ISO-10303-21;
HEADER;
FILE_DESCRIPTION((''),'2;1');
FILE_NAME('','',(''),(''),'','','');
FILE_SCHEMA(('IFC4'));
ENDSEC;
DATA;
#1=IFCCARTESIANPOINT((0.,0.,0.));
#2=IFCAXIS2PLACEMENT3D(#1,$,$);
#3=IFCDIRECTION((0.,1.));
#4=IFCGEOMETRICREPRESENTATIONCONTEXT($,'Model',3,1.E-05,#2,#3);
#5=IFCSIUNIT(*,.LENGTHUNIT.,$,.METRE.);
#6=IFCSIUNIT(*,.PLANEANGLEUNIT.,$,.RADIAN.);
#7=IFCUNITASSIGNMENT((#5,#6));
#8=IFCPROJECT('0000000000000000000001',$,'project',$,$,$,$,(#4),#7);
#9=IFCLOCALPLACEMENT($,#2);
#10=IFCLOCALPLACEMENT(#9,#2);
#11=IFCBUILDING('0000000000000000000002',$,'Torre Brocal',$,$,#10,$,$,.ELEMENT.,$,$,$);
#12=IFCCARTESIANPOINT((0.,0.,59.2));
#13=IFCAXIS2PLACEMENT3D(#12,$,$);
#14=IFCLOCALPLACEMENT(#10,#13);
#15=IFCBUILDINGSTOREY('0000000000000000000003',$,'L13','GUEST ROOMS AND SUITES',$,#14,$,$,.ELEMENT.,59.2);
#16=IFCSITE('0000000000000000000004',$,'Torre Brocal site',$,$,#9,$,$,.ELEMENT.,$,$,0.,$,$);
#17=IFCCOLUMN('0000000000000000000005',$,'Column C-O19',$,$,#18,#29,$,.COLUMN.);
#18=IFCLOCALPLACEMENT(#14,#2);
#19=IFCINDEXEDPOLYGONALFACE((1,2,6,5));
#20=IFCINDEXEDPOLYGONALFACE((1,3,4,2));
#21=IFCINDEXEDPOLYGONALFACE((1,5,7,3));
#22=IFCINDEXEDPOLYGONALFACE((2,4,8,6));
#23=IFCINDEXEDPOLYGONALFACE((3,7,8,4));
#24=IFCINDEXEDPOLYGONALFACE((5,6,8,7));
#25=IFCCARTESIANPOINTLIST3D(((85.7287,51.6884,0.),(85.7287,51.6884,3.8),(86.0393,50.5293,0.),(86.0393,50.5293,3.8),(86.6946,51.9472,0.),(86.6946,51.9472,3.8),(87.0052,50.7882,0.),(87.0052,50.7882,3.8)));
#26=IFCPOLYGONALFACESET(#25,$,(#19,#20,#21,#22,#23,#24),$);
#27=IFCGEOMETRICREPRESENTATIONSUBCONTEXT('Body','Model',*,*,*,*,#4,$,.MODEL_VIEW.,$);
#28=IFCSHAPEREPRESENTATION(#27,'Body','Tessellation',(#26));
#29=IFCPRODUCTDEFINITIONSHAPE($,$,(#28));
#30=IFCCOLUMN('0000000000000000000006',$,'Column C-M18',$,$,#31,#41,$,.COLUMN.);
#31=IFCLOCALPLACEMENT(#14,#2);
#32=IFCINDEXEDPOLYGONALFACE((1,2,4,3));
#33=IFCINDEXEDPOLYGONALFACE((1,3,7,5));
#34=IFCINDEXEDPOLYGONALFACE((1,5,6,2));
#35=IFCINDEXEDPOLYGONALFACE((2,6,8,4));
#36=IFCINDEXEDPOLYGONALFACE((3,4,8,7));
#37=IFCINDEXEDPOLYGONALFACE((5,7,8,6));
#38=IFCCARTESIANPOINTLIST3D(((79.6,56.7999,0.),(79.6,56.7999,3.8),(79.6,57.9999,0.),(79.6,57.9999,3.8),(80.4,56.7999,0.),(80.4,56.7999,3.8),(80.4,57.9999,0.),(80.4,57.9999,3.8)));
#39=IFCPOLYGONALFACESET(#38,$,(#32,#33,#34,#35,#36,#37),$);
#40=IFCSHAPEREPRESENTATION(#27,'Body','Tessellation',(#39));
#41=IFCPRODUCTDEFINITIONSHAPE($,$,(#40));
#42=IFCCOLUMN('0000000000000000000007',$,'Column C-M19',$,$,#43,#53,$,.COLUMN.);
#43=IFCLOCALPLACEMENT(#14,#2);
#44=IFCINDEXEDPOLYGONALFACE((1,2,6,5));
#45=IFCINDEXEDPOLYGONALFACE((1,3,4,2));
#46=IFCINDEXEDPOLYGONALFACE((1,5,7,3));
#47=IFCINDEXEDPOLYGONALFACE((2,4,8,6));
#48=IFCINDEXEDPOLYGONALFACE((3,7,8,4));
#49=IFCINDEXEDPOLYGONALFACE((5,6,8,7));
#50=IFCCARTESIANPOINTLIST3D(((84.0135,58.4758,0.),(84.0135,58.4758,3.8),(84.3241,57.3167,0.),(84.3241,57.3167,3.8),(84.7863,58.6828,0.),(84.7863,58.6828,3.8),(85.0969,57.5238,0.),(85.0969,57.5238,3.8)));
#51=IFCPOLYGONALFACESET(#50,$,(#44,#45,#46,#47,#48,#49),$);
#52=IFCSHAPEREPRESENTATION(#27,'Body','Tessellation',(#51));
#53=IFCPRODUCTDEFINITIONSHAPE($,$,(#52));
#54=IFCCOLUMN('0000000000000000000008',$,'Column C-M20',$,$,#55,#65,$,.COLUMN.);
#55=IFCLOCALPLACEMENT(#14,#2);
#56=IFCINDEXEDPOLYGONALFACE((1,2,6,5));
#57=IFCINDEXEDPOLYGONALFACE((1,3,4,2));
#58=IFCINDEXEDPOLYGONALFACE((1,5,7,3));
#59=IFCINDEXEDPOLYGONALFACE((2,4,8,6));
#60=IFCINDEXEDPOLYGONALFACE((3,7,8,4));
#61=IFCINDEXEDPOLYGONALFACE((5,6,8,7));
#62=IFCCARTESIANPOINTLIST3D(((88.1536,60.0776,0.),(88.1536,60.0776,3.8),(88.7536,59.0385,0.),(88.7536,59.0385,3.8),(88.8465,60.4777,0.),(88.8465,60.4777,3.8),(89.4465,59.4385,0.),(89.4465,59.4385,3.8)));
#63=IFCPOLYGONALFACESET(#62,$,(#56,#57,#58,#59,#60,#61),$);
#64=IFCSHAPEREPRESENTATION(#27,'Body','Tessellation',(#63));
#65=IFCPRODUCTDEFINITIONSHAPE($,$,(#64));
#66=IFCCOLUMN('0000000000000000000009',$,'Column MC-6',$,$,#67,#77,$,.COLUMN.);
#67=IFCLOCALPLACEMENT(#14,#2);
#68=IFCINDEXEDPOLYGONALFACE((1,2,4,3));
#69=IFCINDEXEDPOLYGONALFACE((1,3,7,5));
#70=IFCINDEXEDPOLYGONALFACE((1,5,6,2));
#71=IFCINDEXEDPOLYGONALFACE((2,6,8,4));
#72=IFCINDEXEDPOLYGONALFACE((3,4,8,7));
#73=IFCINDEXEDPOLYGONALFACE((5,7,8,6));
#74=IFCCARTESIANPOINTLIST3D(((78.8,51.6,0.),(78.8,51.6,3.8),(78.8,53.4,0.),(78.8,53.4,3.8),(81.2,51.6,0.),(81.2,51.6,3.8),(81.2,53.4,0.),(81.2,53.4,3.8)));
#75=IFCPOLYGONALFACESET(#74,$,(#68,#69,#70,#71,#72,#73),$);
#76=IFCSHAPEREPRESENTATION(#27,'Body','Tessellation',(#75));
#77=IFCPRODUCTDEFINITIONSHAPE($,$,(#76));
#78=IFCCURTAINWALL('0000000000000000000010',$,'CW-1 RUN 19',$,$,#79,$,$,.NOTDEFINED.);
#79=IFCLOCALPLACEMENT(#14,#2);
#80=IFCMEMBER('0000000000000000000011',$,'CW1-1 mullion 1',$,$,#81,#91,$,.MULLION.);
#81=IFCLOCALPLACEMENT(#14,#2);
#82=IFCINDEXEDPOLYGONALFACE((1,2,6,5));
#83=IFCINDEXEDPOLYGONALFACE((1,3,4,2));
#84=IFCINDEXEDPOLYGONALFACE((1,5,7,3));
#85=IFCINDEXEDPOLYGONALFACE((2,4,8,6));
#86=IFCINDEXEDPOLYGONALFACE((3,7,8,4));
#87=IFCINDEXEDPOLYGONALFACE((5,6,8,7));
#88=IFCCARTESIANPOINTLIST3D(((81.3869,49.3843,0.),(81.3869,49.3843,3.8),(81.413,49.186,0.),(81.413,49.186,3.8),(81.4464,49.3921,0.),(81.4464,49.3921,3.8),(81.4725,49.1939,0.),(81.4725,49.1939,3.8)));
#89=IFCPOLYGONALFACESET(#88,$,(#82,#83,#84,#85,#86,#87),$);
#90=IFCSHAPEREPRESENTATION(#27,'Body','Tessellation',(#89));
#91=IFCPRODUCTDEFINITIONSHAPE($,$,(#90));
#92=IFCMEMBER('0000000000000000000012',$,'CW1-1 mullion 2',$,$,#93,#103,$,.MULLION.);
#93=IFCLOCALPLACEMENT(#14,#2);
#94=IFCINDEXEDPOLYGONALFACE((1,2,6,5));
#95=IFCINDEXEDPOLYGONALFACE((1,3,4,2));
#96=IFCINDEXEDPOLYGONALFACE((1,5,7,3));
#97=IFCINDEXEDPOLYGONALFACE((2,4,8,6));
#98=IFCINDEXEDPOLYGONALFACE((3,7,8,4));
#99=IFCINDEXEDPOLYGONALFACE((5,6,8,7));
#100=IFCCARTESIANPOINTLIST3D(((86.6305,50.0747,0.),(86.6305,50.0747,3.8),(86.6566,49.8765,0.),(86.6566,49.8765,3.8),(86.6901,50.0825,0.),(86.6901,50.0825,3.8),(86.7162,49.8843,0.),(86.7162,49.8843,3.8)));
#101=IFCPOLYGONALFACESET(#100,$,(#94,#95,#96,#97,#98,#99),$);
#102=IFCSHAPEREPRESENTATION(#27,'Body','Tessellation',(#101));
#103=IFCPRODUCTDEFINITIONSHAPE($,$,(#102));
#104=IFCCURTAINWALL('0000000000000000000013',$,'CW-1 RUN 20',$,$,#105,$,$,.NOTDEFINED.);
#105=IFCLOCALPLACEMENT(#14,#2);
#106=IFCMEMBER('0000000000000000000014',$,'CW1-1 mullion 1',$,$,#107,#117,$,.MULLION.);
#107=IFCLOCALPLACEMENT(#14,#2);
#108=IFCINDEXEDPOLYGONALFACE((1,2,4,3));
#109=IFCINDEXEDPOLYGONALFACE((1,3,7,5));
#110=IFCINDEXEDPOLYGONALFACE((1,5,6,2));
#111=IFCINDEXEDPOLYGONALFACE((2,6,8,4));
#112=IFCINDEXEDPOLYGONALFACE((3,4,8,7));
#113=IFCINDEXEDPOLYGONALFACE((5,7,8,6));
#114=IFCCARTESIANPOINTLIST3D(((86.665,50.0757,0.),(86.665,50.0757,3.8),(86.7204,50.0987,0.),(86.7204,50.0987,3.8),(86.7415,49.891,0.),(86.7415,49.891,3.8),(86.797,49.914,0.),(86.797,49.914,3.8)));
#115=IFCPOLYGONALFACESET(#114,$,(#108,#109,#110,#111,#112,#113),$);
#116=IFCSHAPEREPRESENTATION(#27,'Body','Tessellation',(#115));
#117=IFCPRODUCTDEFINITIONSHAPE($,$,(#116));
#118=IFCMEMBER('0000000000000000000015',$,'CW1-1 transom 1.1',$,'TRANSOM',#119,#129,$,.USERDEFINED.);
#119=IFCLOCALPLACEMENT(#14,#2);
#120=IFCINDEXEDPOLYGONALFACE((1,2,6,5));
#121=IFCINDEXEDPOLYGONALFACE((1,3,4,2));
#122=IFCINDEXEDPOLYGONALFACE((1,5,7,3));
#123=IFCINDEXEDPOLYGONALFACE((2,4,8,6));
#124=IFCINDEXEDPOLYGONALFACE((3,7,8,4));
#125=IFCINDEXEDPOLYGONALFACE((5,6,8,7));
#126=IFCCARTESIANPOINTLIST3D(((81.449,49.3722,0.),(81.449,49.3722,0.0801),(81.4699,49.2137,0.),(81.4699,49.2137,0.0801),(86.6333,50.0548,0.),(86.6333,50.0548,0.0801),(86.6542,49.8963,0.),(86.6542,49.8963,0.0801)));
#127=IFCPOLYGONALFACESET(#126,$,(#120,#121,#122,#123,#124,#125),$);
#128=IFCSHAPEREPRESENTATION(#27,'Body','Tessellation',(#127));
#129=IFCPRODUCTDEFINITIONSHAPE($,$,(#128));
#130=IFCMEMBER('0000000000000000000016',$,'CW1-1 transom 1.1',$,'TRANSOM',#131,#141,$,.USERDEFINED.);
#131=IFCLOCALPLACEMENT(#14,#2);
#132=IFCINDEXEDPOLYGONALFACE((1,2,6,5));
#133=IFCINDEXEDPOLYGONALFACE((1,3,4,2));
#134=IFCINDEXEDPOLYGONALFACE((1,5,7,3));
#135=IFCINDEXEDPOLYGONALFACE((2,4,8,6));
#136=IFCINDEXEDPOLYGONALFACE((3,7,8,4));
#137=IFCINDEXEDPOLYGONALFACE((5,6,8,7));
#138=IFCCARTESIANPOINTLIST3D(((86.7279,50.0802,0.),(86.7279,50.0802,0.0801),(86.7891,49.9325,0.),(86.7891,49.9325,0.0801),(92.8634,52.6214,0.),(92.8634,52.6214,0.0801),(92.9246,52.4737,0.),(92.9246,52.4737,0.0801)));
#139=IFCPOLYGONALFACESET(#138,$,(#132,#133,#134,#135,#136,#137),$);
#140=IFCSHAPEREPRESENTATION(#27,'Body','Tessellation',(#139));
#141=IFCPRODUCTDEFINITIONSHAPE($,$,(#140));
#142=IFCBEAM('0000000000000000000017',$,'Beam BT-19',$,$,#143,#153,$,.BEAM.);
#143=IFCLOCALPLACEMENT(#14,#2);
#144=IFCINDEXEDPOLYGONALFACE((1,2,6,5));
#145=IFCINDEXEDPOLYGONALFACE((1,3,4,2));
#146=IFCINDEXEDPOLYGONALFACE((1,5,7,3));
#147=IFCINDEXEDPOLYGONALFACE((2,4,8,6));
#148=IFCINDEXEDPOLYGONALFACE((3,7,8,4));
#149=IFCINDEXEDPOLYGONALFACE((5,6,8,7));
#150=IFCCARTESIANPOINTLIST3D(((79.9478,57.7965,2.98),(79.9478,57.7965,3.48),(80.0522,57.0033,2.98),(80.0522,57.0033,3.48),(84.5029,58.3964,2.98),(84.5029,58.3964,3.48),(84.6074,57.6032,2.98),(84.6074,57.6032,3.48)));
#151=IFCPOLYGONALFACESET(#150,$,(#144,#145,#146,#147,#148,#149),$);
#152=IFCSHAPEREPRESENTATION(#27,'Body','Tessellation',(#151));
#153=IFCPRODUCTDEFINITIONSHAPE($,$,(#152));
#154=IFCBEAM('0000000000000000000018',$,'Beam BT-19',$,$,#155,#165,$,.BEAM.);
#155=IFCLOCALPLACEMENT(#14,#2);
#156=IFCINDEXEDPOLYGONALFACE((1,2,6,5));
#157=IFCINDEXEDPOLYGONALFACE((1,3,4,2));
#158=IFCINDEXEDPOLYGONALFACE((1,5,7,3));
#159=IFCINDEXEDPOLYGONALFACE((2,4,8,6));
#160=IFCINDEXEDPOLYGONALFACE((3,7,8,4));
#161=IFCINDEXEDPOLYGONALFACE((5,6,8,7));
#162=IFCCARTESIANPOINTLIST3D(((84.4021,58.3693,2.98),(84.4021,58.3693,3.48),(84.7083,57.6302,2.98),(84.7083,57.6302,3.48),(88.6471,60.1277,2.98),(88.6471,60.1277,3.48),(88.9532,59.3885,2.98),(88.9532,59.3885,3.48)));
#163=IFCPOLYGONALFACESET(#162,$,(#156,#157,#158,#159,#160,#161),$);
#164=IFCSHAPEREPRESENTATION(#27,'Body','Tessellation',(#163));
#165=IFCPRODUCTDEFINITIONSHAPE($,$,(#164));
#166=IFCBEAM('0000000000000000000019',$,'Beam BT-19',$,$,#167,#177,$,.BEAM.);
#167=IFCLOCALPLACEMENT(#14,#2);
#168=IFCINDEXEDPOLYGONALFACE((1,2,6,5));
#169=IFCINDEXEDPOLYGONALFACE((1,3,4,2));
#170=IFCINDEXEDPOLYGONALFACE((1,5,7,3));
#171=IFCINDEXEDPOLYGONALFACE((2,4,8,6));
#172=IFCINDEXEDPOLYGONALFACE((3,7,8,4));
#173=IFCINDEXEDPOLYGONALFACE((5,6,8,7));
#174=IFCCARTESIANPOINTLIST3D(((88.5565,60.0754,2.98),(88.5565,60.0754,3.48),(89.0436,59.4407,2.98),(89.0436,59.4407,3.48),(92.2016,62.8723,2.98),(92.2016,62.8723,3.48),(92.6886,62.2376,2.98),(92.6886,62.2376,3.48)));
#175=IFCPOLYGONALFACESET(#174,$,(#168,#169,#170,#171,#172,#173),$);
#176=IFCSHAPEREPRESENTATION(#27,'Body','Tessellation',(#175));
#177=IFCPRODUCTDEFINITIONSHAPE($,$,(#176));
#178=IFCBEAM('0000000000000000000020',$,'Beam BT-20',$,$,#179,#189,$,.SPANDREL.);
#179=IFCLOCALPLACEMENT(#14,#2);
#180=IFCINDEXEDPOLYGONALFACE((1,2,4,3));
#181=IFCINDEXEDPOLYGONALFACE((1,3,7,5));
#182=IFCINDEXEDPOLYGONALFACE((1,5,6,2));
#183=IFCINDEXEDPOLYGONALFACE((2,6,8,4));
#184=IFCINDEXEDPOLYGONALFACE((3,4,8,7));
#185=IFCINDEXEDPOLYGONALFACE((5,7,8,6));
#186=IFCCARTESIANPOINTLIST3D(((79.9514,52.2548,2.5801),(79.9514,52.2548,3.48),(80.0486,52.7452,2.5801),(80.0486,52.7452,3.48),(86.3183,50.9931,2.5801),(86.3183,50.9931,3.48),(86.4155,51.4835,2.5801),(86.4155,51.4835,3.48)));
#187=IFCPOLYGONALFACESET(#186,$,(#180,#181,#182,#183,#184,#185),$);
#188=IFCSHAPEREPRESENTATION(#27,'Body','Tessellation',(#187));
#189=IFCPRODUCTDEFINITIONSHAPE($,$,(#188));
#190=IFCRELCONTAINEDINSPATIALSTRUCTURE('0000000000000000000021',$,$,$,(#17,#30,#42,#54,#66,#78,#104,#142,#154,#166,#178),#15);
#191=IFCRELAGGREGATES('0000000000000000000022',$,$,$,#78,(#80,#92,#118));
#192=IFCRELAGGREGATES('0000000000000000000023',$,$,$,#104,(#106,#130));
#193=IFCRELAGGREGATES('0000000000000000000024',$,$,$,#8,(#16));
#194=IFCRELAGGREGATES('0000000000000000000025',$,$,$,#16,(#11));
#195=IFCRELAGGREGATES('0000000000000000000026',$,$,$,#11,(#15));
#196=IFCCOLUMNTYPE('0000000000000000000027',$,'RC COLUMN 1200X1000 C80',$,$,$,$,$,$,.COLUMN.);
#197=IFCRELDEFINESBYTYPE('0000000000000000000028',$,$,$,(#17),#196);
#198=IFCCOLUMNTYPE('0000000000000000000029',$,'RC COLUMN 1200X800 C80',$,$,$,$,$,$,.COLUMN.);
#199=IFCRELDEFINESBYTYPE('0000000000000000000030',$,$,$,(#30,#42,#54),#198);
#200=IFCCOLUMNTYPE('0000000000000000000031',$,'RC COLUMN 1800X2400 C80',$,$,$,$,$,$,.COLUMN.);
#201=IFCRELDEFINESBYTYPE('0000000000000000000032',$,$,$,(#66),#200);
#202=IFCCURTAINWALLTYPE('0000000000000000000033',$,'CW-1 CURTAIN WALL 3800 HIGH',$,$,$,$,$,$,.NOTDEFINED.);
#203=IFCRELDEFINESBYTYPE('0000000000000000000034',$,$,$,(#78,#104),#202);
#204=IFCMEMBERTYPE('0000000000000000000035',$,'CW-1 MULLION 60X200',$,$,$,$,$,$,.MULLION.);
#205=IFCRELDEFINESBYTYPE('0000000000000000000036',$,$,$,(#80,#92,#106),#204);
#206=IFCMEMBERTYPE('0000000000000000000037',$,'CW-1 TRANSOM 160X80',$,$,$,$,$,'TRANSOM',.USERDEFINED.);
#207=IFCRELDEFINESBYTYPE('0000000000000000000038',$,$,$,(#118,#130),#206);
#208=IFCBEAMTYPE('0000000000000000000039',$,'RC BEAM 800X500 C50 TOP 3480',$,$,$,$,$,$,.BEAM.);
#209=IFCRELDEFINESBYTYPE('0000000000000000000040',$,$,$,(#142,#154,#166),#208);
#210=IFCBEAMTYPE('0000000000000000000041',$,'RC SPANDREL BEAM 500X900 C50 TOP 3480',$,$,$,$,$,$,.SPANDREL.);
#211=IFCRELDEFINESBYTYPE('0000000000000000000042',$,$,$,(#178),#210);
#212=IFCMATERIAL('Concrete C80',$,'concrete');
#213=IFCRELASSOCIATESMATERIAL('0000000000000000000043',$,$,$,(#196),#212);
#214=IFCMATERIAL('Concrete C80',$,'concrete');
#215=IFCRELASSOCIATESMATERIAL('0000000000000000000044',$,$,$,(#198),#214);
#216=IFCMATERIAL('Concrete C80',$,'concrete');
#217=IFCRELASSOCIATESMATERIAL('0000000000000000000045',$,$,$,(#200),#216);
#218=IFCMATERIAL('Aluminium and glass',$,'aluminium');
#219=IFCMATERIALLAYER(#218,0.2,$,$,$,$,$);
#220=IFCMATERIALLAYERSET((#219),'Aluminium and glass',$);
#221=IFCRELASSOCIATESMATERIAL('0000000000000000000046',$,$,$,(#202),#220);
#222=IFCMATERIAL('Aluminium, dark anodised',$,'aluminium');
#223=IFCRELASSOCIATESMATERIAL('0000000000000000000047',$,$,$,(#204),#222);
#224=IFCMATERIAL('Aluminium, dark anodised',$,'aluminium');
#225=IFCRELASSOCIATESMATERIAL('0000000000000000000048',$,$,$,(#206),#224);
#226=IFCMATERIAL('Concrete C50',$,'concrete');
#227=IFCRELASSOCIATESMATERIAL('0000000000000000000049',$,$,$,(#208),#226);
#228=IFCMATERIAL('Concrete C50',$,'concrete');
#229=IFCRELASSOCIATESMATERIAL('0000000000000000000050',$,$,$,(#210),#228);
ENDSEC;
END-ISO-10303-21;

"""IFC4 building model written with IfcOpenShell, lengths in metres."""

from ifc_helpers import new_model, si_unit, direction, frame, origin, origin_2d, place, context, subcontext, project, spatial, rectangle, extrude, material, layer, layer_set, material_profile, profile_set, type_object, element, aggregate, save


model = new_model("IFC4")

# Units and contexts
model_context = context("Model", 3, precision=1e-05, world=origin(), true_north=direction((0.0, 1.0)))
body_context = subcontext(model_context, "Body", "Model", "MODEL_VIEW")
ifc_project = project(units=[si_unit("LENGTHUNIT", "METRE"), si_unit("PLANEANGLEUNIT", "RADIAN")], contexts=[model_context])

# Site, building, storey
site_placement = place(None, origin())
site = spatial("IfcSite", under=ifc_project, at=site_placement, Name="Torre Brocal site", CompositionType="ELEMENT", RefElevation=0.0)
building_placement = place(site_placement, origin())
building = spatial("IfcBuilding", under=site, at=building_placement, Name="Torre Brocal", CompositionType="ELEMENT")
storey_placement = place(building_placement, frame((0.0, 0.0, 59.2)))
storey = spatial("IfcBuildingStorey", under=building, at=storey_placement, Name="L13", Description="GUEST ROOMS AND SUITES", CompositionType="ELEMENT", Elevation=59.2)

# Columns
ifc_material_1 = material(Name="Concrete C80", Category="concrete")
ifc_material_profile_1 = material_profile(ifc_material_1, rectangle(XDim=1.2, YDim=1.0, at=origin_2d()), Name="RC 1200X1000")
ifc_profile_set_1 = profile_set([ifc_material_profile_1], Name="Concrete C80")
column_type_1 = type_object("IfcColumnType", Name="RC COLUMN 1200X1000 C80", PredefinedType="COLUMN", material=ifc_profile_set_1)
column_1_placement = place(storey_placement, frame((86.3669, 51.2383, 0.0), z_axis=(0.0, 0.0, 1.0), x_axis=(0.258819, -0.965926, 0.0)))
element("IfcColumn", 1, at=column_1_placement, inside=storey, type_object=column_type_1, Name="Column C-O19", PredefinedType="COLUMN", context=body_context, shape_type="SweptSolid", body=[
    extrude(rectangle(XDim=1.2, YDim=1.0, at=origin_2d()), origin(), (0.0, 0.0, 1.0), 3.8),
])
ifc_material_2 = material(Name="Concrete C80", Category="concrete")
ifc_material_profile_2 = material_profile(ifc_material_2, rectangle(XDim=1.2, YDim=0.8, at=origin_2d()), Name="RC 1200X800")
ifc_profile_set_2 = profile_set([ifc_material_profile_2], Name="Concrete C80")
column_type_2 = type_object("IfcColumnType", Name="RC COLUMN 1200X800 C80", PredefinedType="COLUMN", material=ifc_profile_set_2)
for number, where, z_axis, x_axis, name in (
    (2, (80.0, 57.3999, 0.0), (0.0, 0.0, 1.0), (0.0, -1.0, 0.0), "Column C-M18"),
    (3, (84.5552, 57.9998, 0.0), (0.0, 0.0, 1.0), (0.258819, -0.965926, 0.0), "Column C-M19"),
    (4, (88.8, 59.7581, 0.0), (0.0, 0.0, 1.0), (0.5, -0.866025, 0.0), "Column C-M20"),
):
    element("IfcColumn", number, at=place(storey_placement, frame(where, z_axis=z_axis, x_axis=x_axis)), inside=storey, type_object=column_type_2, Name=name, PredefinedType="COLUMN", context=body_context, shape_type="SweptSolid", body=[
        extrude(rectangle(XDim=1.2, YDim=0.8, at=origin_2d()), origin(), (0.0, 0.0, 1.0), 3.8),
    ])
ifc_material_3 = material(Name="Concrete C80", Category="concrete")
ifc_material_profile_3 = material_profile(ifc_material_3, rectangle(XDim=1.8, YDim=2.3999, at=origin_2d()), Name="RC 1800X2400")
ifc_profile_set_3 = profile_set([ifc_material_profile_3], Name="Concrete C80")
column_type_3 = type_object("IfcColumnType", Name="RC COLUMN 1800X2400 C80", PredefinedType="COLUMN", material=ifc_profile_set_3)
column_2_placement = place(storey_placement, frame((80.0, 52.5, 0.0), z_axis=(0.0, 0.0, 1.0), x_axis=(0.0, -1.0, 0.0)))
element("IfcColumn", 5, at=column_2_placement, inside=storey, type_object=column_type_3, Name="Column MC-6", PredefinedType="COLUMN", context=body_context, shape_type="SweptSolid", body=[
    extrude(rectangle(XDim=1.8, YDim=2.3999, at=origin_2d()), origin(), (0.0, 0.0, 1.0), 3.8),
])

# Curtain wall, members
ifc_material_4 = material(Name="Aluminium and glass", Category="aluminium")
ifc_layer_1 = layer(ifc_material_4, 0.2)
ifc_layer_set_1 = layer_set([ifc_layer_1], Name="Aluminium and glass")
curtain_wall_type = type_object("IfcCurtainWallType", Name="CW-1 CURTAIN WALL 3800 HIGH", PredefinedType="NOTDEFINED", material=ifc_layer_set_1)
curtain_wall_1_placement = place(storey_placement, origin())
curtain_wall_1 = element("IfcCurtainWall", 6, at=curtain_wall_1_placement, inside=storey, type_object=curtain_wall_type, Name="CW-1 RUN 19", PredefinedType="NOTDEFINED")
ifc_material_5 = material(Name="Aluminium, dark anodised", Category="aluminium")
ifc_material_profile_4 = material_profile(ifc_material_5, rectangle(XDim=0.2, YDim=0.0601, at=origin_2d()), Name="CW-1 MULLION 60X200")
ifc_profile_set_4 = profile_set([ifc_material_profile_4], Name="Aluminium, dark anodised")
member_type_1 = type_object("IfcMemberType", Name="CW-1 MULLION 60X200", PredefinedType="MULLION", material=ifc_profile_set_4)
member_1_placement = place(storey_placement, frame((81.4297, 49.2891, 0.0), z_axis=(0.0, 0.0, 1.0), x_axis=(-0.130526, 0.991445, 0.0)))
member_1 = element("IfcMember", 7, at=member_1_placement, type_object=member_type_1, Name="CW1-1 mullion 1", PredefinedType="MULLION", context=body_context, shape_type="SweptSolid", body=[
    extrude(rectangle(XDim=0.2, YDim=0.0601, at=origin_2d()), origin(), (0.0, 0.0, 1.0), 3.8),
])
member_2_placement = place(storey_placement, frame((86.6733, 49.9795, 0.0), z_axis=(0.0, 0.0, 1.0), x_axis=(-0.130526, 0.991445, 0.0)))
member_2 = element("IfcMember", 8, at=member_2_placement, type_object=member_type_1, Name="CW1-1 mullion 2", PredefinedType="MULLION", context=body_context, shape_type="SweptSolid", body=[
    extrude(rectangle(XDim=0.2, YDim=0.0601, at=origin_2d()), origin(), (0.0, 0.0, 1.0), 3.8),
])

# Curtain wall, member
curtain_wall_2_placement = place(storey_placement, origin())
curtain_wall_2 = element("IfcCurtainWall", 9, at=curtain_wall_2_placement, inside=storey, type_object=curtain_wall_type, Name="CW-1 RUN 20", PredefinedType="NOTDEFINED")
member_3_placement = place(storey_placement, frame((86.731, 49.9949, 0.0), z_axis=(0.0, 0.0, 1.0), x_axis=(-0.382683, 0.92388, 0.0)))
member_3 = element("IfcMember", 10, at=member_3_placement, type_object=member_type_1, Name="CW1-1 mullion 1", PredefinedType="MULLION", context=body_context, shape_type="SweptSolid", body=[
    extrude(rectangle(XDim=0.2, YDim=0.0601, at=origin_2d()), origin(), (0.0, 0.0, 1.0), 3.8),
])

# Members
ifc_material_6 = material(Name="Aluminium, dark anodised", Category="aluminium")
ifc_material_profile_5 = material_profile(ifc_material_6, rectangle(XDim=0.1599, YDim=0.0801, at=origin_2d()), Name="CW-1 TRANSOM 160X80")
ifc_profile_set_5 = profile_set([ifc_material_profile_5], Name="Aluminium, dark anodised")
member_type_2 = type_object("IfcMemberType", Name="CW-1 TRANSOM 160X80", ElementType="TRANSOM", PredefinedType="USERDEFINED", material=ifc_profile_set_5)
member_4_placement = place(storey_placement, frame((81.4595, 49.293, 0.04), z_axis=(0.991443, 0.130543, 0.0), x_axis=(-0.130543, 0.991443, 0.0)))
member_4 = element("IfcMember", 11, at=member_4_placement, type_object=member_type_2, Name="CW1-1 transom 1.1", ObjectType="TRANSOM", PredefinedType="USERDEFINED", context=body_context, shape_type="SweptSolid", body=[
    extrude(rectangle(XDim=0.1599, YDim=0.0801, at=origin_2d()), origin(), (0.0, 0.0, 1.0), 5.229),
])
member_5_placement = place(storey_placement, frame((86.7585, 50.0063, 0.04), z_axis=(0.923887, 0.382665, 0.0), x_axis=(-0.382665, 0.923887, 0.0)))
member_5 = element("IfcMember", 12, at=member_5_placement, type_object=member_type_2, Name="CW1-1 transom 1.1", ObjectType="TRANSOM", PredefinedType="USERDEFINED", context=body_context, shape_type="SweptSolid", body=[
    extrude(rectangle(XDim=0.1599, YDim=0.0801, at=origin_2d()), origin(), (0.0, 0.0, 1.0), 6.6409),
])

# Beams
ifc_material_7 = material(Name="Concrete C50", Category="concrete")
ifc_material_profile_6 = material_profile(ifc_material_7, rectangle(XDim=0.8, YDim=0.5, at=origin_2d()), Name="RC 800X500")
ifc_profile_set_6 = profile_set([ifc_material_profile_6], Name="Concrete C50")
beam_type_1 = type_object("IfcBeamType", Name="RC BEAM 800X500 C50 TOP 3480", PredefinedType="BEAM", material=ifc_profile_set_6)
beam_1_placement = place(storey_placement, frame((80.0, 57.3999, 3.23), z_axis=(0.991441, 0.130559, 0.0), x_axis=(-0.130559, 0.991441, 0.0)))
element("IfcBeam", 13, at=beam_1_placement, inside=storey, type_object=beam_type_1, Name="Beam BT-19", PredefinedType="BEAM", context=body_context, shape_type="SweptSolid", body=[
    extrude(rectangle(XDim=0.8, YDim=0.5, at=origin_2d()), origin(), (0.0, 0.0, 1.0), 4.5945),
])
beam_2_placement = place(storey_placement, frame((84.5552, 57.9998, 3.23), z_axis=(0.923878, 0.382687, 0.0), x_axis=(-0.382687, 0.923878, 0.0)))
element("IfcBeam", 14, at=beam_2_placement, inside=storey, type_object=beam_type_1, Name="Beam BT-19", PredefinedType="BEAM", context=body_context, shape_type="SweptSolid", body=[
    extrude(rectangle(XDim=0.8, YDim=0.5, at=origin_2d()), origin(), (0.0, 0.0, 1.0), 4.5947),
])
beam_3_placement = place(storey_placement, frame((88.8, 59.7581, 3.23), z_axis=(0.793358, 0.608755, 0.0), x_axis=(-0.608755, 0.793358, 0.0)))
element("IfcBeam", 15, at=beam_3_placement, inside=storey, type_object=beam_type_1, Name="Beam BT-19", PredefinedType="BEAM", context=body_context, shape_type="SweptSolid", body=[
    extrude(rectangle(XDim=0.8, YDim=0.5, at=origin_2d()), origin(), (0.0, 0.0, 1.0), 4.5945),
])
ifc_material_8 = material(Name="Concrete C50", Category="concrete")
ifc_material_profile_7 = material_profile(ifc_material_8, rectangle(XDim=0.5, YDim=0.8999, at=origin_2d()), Name="RC 500X900")
ifc_profile_set_7 = profile_set([ifc_material_profile_7], Name="Concrete C50")
beam_type_2 = type_object("IfcBeamType", Name="RC SPANDREL BEAM 500X900 C50 TOP 3480", PredefinedType="SPANDREL", material=ifc_profile_set_7)
beam_4_placement = place(storey_placement, frame((80.0, 52.5, 3.03), z_axis=(0.980925, -0.194387, 0.0), x_axis=(0.194387, 0.980925, 0.0)))
element("IfcBeam", 16, at=beam_4_placement, inside=storey, type_object=beam_type_2, Name="Beam BT-20", PredefinedType="SPANDREL", context=body_context, shape_type="SweptSolid", body=[
    extrude(rectangle(XDim=0.5, YDim=0.8999, at=origin_2d()), origin(), (0.0, 0.0, 1.0), 6.4907),
])

aggregate(curtain_wall_1, [member_1, member_2, member_4])
aggregate(curtain_wall_2, [member_3, member_5])

save(model, "model.ifc")
